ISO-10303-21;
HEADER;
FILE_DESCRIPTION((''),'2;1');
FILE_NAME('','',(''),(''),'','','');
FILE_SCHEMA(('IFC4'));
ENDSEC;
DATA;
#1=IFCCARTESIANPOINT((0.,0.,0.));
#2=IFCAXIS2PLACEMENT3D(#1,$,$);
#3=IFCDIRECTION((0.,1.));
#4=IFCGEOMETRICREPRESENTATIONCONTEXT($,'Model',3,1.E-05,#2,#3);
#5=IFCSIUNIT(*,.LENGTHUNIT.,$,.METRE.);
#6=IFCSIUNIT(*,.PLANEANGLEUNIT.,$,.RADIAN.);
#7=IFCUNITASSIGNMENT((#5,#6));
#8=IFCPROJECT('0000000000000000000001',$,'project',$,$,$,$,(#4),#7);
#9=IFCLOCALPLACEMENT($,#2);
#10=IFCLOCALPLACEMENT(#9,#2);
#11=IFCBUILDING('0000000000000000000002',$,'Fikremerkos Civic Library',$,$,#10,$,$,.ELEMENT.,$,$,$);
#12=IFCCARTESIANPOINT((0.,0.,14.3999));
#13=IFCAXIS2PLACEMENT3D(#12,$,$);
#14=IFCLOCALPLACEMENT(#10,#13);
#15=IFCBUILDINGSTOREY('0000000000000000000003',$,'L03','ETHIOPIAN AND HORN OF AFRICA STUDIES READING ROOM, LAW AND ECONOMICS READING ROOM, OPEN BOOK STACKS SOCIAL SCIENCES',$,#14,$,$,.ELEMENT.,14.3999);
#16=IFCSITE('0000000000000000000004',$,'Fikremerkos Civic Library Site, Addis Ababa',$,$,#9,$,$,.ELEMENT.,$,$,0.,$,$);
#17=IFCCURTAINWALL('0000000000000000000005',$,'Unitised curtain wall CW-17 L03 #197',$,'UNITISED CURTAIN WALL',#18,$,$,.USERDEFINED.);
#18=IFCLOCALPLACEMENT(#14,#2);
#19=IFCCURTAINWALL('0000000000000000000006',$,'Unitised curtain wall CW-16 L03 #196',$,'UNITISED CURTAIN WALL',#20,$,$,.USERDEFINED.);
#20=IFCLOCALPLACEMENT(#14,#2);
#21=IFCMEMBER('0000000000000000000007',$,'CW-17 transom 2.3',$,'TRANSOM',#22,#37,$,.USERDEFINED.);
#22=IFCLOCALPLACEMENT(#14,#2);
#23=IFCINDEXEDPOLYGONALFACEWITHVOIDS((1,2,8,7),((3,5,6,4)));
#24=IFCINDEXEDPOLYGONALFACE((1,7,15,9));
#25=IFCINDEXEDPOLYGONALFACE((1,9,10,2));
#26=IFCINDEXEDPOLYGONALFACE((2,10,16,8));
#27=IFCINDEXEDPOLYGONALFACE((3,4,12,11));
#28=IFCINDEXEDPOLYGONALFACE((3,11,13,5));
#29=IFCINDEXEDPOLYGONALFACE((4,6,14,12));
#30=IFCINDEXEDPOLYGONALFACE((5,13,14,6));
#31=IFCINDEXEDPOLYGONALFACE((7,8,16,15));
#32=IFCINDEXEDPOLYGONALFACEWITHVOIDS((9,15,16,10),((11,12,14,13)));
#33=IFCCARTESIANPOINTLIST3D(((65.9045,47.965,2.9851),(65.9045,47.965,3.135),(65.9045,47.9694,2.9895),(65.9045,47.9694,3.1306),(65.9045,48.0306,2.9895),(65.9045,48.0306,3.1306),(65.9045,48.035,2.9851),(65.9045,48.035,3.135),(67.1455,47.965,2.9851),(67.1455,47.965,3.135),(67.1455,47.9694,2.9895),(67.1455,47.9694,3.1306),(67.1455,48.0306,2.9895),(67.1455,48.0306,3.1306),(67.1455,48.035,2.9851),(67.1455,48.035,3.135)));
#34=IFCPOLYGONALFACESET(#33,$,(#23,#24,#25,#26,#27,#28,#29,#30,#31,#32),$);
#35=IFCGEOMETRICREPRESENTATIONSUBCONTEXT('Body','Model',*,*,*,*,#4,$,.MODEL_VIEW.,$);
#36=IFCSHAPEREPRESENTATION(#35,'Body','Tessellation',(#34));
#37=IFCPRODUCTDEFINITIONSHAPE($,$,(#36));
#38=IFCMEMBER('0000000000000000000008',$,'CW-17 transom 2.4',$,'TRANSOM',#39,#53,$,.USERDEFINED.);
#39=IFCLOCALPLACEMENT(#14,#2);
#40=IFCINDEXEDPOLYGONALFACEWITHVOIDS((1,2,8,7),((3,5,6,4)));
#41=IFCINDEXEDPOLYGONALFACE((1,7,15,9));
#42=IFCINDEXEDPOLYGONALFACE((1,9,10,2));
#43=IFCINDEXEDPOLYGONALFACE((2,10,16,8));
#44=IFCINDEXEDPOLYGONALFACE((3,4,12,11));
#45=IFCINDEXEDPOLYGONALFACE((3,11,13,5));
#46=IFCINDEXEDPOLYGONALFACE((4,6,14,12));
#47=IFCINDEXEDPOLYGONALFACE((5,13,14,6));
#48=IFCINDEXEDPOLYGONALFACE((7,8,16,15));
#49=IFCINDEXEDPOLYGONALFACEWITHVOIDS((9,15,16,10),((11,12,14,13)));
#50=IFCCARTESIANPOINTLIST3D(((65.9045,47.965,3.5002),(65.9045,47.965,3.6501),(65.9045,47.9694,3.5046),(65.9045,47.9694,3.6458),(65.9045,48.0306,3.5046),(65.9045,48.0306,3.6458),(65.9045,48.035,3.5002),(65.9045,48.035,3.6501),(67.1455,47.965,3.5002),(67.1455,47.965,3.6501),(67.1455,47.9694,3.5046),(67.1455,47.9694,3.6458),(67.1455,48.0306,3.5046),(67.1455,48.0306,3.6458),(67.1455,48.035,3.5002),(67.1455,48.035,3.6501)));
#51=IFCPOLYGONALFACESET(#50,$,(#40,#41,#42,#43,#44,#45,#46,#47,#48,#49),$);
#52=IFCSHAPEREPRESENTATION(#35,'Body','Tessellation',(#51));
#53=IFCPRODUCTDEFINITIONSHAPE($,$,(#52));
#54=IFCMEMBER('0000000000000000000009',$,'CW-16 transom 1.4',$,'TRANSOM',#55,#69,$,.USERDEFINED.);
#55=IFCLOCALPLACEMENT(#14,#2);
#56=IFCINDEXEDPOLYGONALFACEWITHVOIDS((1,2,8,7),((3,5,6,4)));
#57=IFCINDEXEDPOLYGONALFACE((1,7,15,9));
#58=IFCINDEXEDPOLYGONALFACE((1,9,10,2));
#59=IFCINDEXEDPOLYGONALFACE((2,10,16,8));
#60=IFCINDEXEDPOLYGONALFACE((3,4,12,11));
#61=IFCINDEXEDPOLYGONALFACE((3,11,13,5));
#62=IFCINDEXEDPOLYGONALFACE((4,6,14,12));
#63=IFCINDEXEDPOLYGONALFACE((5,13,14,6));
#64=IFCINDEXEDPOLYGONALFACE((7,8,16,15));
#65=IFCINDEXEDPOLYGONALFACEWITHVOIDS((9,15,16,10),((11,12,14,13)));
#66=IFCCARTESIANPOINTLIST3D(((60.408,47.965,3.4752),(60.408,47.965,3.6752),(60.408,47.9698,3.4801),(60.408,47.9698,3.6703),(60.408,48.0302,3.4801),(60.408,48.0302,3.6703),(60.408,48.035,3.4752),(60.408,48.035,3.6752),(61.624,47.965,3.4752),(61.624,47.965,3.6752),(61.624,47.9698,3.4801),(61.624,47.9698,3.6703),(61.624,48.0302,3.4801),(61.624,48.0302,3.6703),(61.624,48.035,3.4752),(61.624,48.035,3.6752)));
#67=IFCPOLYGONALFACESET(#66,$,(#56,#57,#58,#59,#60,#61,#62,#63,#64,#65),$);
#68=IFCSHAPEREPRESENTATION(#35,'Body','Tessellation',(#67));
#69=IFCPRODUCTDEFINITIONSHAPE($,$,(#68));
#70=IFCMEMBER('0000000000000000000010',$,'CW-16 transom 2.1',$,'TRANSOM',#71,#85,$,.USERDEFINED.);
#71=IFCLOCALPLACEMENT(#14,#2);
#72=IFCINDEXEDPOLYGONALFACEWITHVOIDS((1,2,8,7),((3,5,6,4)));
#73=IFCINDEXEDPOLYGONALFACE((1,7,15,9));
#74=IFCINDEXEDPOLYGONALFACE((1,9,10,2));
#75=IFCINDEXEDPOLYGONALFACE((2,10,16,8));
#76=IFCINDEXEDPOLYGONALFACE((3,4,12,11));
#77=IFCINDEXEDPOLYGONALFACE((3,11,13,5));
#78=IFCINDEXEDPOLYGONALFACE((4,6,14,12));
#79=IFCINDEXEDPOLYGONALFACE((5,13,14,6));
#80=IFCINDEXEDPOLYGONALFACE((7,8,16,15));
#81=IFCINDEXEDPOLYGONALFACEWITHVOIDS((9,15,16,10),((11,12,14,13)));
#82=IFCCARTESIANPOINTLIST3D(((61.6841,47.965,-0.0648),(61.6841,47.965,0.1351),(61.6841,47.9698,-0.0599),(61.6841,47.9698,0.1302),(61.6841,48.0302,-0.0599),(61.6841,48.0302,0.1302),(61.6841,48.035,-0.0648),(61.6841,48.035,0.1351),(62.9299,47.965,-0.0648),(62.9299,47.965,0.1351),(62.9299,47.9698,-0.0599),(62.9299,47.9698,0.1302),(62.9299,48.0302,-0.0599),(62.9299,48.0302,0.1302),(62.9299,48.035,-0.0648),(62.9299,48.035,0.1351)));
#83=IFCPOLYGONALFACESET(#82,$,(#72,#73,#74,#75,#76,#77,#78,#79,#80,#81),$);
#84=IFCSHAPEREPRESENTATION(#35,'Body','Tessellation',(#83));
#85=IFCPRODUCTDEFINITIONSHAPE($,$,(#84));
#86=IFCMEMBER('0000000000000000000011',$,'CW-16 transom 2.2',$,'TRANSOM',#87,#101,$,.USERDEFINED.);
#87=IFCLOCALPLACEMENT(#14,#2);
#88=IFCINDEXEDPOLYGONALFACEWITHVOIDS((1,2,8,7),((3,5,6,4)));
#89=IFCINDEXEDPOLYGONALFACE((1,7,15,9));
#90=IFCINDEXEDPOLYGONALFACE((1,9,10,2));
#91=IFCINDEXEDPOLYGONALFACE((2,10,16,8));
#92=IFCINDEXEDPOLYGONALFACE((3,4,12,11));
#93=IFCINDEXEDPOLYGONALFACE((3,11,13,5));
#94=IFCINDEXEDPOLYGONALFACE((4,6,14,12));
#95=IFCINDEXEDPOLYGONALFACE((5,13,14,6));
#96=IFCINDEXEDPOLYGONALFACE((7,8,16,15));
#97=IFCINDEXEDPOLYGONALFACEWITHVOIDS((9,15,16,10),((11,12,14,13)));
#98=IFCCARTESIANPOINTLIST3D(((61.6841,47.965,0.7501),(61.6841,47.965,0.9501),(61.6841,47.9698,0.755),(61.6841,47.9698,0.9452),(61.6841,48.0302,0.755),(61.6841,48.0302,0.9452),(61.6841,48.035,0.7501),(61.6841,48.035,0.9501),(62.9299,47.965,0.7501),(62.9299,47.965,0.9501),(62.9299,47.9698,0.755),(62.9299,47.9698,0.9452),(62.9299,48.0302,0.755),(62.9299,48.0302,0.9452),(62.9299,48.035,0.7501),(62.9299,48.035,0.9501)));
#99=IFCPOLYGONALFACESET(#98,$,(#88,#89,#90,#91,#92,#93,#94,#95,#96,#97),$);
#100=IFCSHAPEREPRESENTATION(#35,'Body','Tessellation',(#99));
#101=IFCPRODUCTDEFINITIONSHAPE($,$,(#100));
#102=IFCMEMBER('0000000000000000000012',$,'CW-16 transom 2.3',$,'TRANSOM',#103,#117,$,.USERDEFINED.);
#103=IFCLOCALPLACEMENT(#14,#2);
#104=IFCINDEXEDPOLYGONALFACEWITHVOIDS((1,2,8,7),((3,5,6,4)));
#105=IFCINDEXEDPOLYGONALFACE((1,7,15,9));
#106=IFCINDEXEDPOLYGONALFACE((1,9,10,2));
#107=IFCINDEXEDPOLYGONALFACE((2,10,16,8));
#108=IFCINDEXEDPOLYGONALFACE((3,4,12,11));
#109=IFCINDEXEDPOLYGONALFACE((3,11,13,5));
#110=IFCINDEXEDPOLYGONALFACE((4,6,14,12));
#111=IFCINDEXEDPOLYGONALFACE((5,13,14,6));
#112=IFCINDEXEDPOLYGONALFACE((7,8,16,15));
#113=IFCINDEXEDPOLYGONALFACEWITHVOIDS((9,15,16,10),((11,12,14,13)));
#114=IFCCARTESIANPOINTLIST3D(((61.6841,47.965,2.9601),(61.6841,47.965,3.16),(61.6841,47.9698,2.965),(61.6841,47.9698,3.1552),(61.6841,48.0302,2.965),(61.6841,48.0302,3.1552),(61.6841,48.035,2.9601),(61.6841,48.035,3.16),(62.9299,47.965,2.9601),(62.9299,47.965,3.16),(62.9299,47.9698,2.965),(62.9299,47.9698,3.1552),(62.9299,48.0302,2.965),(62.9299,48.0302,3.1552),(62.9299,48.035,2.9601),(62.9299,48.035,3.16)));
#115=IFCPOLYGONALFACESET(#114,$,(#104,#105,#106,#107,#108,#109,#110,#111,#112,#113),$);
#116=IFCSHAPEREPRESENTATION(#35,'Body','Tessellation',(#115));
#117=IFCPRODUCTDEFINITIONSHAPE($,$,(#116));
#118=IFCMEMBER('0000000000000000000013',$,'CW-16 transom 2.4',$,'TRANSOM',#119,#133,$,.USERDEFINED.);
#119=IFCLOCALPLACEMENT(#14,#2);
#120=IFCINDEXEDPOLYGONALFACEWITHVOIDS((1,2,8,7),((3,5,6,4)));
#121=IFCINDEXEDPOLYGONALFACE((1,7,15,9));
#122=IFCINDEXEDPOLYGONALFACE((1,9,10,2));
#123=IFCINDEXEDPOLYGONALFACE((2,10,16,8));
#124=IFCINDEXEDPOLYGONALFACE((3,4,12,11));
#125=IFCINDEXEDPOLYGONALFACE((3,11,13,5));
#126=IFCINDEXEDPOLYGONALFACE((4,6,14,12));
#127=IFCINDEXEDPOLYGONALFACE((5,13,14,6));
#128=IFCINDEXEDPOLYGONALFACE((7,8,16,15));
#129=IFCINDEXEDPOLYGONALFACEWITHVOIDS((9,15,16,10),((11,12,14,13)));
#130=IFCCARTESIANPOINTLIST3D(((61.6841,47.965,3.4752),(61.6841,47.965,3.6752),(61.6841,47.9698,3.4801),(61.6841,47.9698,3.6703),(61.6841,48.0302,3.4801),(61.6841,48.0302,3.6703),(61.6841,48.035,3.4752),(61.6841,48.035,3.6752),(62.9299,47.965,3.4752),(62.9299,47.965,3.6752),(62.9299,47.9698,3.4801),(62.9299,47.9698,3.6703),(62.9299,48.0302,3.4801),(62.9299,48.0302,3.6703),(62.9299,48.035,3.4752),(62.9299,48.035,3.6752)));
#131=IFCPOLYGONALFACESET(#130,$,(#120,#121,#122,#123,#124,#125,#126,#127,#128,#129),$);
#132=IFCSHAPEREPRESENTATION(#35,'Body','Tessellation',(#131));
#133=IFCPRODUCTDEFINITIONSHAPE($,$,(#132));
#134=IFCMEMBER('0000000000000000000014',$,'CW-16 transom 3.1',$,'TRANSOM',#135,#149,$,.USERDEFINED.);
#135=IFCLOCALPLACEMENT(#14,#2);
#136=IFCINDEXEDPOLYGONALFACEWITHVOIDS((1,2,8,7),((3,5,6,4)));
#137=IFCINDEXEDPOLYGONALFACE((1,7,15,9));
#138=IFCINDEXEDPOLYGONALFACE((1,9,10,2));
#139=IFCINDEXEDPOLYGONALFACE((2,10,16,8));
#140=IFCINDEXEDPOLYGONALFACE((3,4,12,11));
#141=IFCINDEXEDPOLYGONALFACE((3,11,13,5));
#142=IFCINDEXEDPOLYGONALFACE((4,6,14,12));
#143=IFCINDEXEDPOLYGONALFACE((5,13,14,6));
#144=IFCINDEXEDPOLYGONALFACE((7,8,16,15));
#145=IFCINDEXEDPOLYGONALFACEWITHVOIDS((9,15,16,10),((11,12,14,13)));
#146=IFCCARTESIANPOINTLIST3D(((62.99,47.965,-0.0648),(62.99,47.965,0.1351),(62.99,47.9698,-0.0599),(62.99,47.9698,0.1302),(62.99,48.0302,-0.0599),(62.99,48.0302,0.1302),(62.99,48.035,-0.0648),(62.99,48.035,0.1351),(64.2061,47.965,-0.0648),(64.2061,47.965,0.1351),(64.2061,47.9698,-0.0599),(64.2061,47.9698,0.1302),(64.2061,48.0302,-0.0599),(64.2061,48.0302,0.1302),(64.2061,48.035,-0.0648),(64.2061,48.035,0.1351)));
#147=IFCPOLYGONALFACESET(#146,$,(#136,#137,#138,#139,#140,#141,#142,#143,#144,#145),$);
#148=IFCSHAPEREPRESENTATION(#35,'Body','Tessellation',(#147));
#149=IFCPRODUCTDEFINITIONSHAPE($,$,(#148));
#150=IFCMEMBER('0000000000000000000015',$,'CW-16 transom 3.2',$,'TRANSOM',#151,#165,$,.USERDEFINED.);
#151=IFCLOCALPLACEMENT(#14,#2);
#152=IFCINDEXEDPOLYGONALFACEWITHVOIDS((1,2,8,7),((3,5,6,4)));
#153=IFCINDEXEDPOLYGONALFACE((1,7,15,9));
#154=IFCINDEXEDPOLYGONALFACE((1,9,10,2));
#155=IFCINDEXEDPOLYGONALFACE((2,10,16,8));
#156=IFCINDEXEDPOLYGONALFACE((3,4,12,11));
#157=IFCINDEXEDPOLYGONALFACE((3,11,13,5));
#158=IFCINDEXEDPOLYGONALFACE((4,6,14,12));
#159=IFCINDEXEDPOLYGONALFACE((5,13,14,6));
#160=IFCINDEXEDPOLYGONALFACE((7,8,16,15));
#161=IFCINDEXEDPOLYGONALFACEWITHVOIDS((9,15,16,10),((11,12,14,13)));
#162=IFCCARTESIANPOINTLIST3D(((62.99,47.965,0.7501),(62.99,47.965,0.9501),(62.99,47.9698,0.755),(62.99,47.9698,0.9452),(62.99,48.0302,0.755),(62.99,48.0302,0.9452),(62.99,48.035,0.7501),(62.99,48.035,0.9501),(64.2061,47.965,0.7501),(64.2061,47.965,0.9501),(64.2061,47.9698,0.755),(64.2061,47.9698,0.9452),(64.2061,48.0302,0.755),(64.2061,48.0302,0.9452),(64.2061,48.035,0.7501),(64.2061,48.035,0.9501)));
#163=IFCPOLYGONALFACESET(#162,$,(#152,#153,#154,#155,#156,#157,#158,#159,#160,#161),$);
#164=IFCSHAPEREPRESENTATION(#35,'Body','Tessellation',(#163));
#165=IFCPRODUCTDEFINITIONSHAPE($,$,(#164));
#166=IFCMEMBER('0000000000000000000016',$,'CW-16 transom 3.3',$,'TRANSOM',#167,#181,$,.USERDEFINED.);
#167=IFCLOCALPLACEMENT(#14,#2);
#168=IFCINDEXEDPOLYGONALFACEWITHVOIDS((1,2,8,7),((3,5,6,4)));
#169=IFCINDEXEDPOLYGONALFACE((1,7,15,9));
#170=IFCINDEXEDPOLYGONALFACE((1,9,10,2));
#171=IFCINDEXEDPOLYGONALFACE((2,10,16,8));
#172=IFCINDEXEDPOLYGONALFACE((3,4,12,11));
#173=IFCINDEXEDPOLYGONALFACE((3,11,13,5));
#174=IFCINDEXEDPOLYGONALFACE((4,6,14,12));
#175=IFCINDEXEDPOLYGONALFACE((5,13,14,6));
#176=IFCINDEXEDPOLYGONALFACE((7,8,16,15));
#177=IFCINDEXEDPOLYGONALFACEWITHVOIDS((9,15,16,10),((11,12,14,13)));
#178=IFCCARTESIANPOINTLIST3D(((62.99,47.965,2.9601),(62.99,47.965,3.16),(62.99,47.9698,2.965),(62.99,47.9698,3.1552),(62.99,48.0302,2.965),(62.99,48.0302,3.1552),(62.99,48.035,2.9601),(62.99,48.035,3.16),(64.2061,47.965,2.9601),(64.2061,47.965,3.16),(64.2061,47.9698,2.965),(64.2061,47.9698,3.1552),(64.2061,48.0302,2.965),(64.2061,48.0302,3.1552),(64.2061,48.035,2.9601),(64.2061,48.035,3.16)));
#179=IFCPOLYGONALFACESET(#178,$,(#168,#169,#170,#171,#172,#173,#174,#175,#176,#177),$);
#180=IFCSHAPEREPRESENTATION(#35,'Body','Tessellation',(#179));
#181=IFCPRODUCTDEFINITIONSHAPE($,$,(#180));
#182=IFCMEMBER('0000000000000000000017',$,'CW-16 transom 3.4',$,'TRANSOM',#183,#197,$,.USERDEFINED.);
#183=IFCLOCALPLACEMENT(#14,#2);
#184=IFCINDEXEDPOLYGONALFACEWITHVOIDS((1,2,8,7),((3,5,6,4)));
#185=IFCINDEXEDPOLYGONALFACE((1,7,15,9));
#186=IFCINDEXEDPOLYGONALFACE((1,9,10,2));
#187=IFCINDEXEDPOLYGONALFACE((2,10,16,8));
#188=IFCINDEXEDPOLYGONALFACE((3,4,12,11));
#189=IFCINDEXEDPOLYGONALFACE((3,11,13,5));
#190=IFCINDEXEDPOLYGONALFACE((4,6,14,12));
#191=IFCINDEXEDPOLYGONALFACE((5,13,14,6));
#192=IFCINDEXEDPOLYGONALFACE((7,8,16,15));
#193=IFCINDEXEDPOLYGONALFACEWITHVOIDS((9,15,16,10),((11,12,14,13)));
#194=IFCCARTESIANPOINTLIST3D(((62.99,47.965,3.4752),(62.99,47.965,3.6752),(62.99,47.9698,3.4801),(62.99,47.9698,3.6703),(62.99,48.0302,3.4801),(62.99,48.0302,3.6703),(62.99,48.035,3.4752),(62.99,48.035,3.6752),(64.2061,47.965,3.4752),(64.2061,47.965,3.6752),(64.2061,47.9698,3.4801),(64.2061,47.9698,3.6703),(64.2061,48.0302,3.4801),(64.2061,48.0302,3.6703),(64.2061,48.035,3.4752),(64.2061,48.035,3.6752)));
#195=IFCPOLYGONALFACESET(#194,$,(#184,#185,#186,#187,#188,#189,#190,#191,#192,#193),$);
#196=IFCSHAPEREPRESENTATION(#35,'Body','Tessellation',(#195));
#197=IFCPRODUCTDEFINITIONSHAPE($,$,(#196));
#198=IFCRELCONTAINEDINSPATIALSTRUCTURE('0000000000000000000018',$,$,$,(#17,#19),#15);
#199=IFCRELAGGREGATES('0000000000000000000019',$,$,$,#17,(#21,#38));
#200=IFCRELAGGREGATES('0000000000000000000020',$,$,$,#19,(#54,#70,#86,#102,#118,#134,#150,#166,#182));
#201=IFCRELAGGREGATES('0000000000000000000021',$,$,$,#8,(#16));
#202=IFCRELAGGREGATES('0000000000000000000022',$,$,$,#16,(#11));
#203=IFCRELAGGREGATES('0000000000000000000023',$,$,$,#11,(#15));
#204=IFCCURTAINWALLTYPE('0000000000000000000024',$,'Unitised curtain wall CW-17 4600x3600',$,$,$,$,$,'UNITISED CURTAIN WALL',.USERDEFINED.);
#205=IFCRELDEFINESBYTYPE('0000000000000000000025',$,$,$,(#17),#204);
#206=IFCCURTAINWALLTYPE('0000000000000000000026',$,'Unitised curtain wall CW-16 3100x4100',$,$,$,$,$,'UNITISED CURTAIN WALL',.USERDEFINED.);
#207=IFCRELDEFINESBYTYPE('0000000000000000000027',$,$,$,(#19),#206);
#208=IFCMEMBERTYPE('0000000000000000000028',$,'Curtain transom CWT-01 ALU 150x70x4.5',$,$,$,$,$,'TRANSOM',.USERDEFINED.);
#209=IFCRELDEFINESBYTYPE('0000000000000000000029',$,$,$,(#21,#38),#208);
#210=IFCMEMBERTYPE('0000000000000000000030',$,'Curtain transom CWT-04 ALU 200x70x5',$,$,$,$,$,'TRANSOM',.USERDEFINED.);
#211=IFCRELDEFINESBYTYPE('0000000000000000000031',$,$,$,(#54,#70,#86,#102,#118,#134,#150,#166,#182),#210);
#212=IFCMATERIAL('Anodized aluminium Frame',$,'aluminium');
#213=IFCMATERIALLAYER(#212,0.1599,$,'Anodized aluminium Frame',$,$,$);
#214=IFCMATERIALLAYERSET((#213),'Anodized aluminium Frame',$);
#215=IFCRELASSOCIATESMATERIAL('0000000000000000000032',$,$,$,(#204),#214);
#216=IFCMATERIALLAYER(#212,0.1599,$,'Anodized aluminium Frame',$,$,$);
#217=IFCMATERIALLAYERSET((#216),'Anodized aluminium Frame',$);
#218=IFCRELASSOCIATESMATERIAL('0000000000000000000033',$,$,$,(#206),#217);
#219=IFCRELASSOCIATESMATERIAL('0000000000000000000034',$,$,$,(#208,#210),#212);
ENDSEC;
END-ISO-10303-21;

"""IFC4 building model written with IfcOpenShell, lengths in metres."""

from ifc_helpers import new_model, si_unit, direction, frame, origin, origin_2d, place, context, subcontext, project, spatial, hollow_rectangle, extrude, material, layer, layer_set, material_profile, profile_set, type_object, element, aggregate, save


model = new_model("IFC4")

# Units and contexts
model_context = context("Model", 3, precision=1e-05, world=origin(), true_north=direction((0.0, 1.0)))
body_context = subcontext(model_context, "Body", "Model", "MODEL_VIEW")
ifc_project = project(units=[si_unit("LENGTHUNIT", "METRE"), si_unit("PLANEANGLEUNIT", "RADIAN")], contexts=[model_context])

# Site, building, storey
site_placement = place(None, origin())
site = spatial("IfcSite", under=ifc_project, at=site_placement, Name="Fikremerkos Civic Library Site, Addis Ababa", CompositionType="ELEMENT", RefElevation=0.0)
building_placement = place(site_placement, origin())
building = spatial("IfcBuilding", under=site, at=building_placement, Name="Fikremerkos Civic Library", CompositionType="ELEMENT")
storey_placement = place(building_placement, frame((0.0, 0.0, 14.3999)))
storey = spatial("IfcBuildingStorey", under=building, at=storey_placement, Name="L03", Description="ETHIOPIAN AND HORN OF AFRICA STUDIES READING ROOM, LAW AND ECONOMICS READING ROOM, OPEN BOOK STACKS SOCIAL SCIENCES", CompositionType="ELEMENT", Elevation=14.3999)

# Curtain walls
ifc_material_1 = material(Name="Anodized aluminium Frame", Category="aluminium")
ifc_layer_1 = layer(ifc_material_1, 0.1599, Name="Anodized aluminium Frame")
ifc_layer_set_1 = layer_set([ifc_layer_1], Name="Anodized aluminium Frame")
curtain_wall_type_1 = type_object("IfcCurtainWallType", Name="Unitised curtain wall CW-17 4600x3600", ElementType="UNITISED CURTAIN WALL", PredefinedType="USERDEFINED", material=ifc_layer_set_1)
curtain_wall_1_placement = place(storey_placement, origin())
curtain_wall_1 = element("IfcCurtainWall", 1, at=curtain_wall_1_placement, inside=storey, type_object=curtain_wall_type_1, Name="Unitised curtain wall CW-17 L03 #197", ObjectType="UNITISED CURTAIN WALL", PredefinedType="USERDEFINED")
ifc_layer_2 = layer(ifc_material_1, 0.1599, Name="Anodized aluminium Frame")
ifc_layer_set_2 = layer_set([ifc_layer_2], Name="Anodized aluminium Frame")
curtain_wall_type_2 = type_object("IfcCurtainWallType", Name="Unitised curtain wall CW-16 3100x4100", ElementType="UNITISED CURTAIN WALL", PredefinedType="USERDEFINED", material=ifc_layer_set_2)
curtain_wall_2_placement = place(storey_placement, origin())
curtain_wall_2 = element("IfcCurtainWall", 2, at=curtain_wall_2_placement, inside=storey, type_object=curtain_wall_type_2, Name="Unitised curtain wall CW-16 L03 #196", ObjectType="UNITISED CURTAIN WALL", PredefinedType="USERDEFINED")

# Members
ifc_material_profile_1 = material_profile(ifc_material_1, hollow_rectangle(XDim=0.0701, YDim=0.1499, WallThickness=0.0044, at=origin_2d()), Name="ALU 150x70x4.5")
ifc_profile_set_1 = profile_set([ifc_material_profile_1], Name="Anodized aluminium Frame")
member_type_1 = type_object("IfcMemberType", Name="Curtain transom CWT-01 ALU 150x70x4.5", ElementType="TRANSOM", PredefinedType="USERDEFINED", material=ifc_profile_set_1)
member_1_placement = place(storey_placement, frame((65.9045, 48.0, 3.0601), z_axis=(1.0, 0.0, 0.0), x_axis=(0.0, 1.0, 0.0)))
member_1 = element("IfcMember", 3, at=member_1_placement, type_object=member_type_1, Name="CW-17 transom 2.3", ObjectType="TRANSOM", PredefinedType="USERDEFINED", context=body_context, shape_type="SweptSolid", body=[
    extrude(hollow_rectangle(XDim=0.0701, YDim=0.1499, WallThickness=0.0044, at=origin_2d()), origin(), (0.0, 0.0, 1.0), 1.241),
])
member_2_placement = place(storey_placement, frame((65.9045, 48.0, 3.5752), z_axis=(1.0, 0.0, 0.0), x_axis=(0.0, 1.0, 0.0)))
member_2 = element("IfcMember", 4, at=member_2_placement, type_object=member_type_1, Name="CW-17 transom 2.4", ObjectType="TRANSOM", PredefinedType="USERDEFINED", context=body_context, shape_type="SweptSolid", body=[
    extrude(hollow_rectangle(XDim=0.0701, YDim=0.1499, WallThickness=0.0044, at=origin_2d()), origin(), (0.0, 0.0, 1.0), 1.241),
])
ifc_material_profile_2 = material_profile(ifc_material_1, hollow_rectangle(XDim=0.0701, YDim=0.2, WallThickness=0.0049, at=origin_2d()), Name="ALU 200x70x5")
ifc_profile_set_2 = profile_set([ifc_material_profile_2], Name="Anodized aluminium Frame")
member_type_2 = type_object("IfcMemberType", Name="Curtain transom CWT-04 ALU 200x70x5", ElementType="TRANSOM", PredefinedType="USERDEFINED", material=ifc_profile_set_2)
member_3_placement = place(storey_placement, frame((60.408, 48.0, 3.5752), z_axis=(1.0, 0.0, 0.0), x_axis=(0.0, 1.0, 0.0)))
member_3 = element("IfcMember", 5, at=member_3_placement, type_object=member_type_2, Name="CW-16 transom 1.4", ObjectType="TRANSOM", PredefinedType="USERDEFINED", context=body_context, shape_type="SweptSolid", body=[
    extrude(hollow_rectangle(XDim=0.0701, YDim=0.2, WallThickness=0.0049, at=origin_2d()), origin(), (0.0, 0.0, 1.0), 1.2161),
])
member_4_placement = place(storey_placement, frame((61.6841, 48.0, 0.0352), z_axis=(1.0, 0.0, 0.0), x_axis=(0.0, 1.0, 0.0)))
member_4 = element("IfcMember", 6, at=member_4_placement, type_object=member_type_2, Name="CW-16 transom 2.1", ObjectType="TRANSOM", PredefinedType="USERDEFINED", context=body_context, shape_type="SweptSolid", body=[
    extrude(hollow_rectangle(XDim=0.0701, YDim=0.2, WallThickness=0.0049, at=origin_2d()), origin(), (0.0, 0.0, 1.0), 1.2458),
])
member_5_placement = place(storey_placement, frame((61.6841, 48.0, 0.8501), z_axis=(1.0, 0.0, 0.0), x_axis=(0.0, 1.0, 0.0)))
member_5 = element("IfcMember", 7, at=member_5_placement, type_object=member_type_2, Name="CW-16 transom 2.2", ObjectType="TRANSOM", PredefinedType="USERDEFINED", context=body_context, shape_type="SweptSolid", body=[
    extrude(hollow_rectangle(XDim=0.0701, YDim=0.2, WallThickness=0.0049, at=origin_2d()), origin(), (0.0, 0.0, 1.0), 1.2458),
])
member_6_placement = place(storey_placement, frame((61.6841, 48.0, 3.0601), z_axis=(1.0, 0.0, 0.0), x_axis=(0.0, 1.0, 0.0)))
member_6 = element("IfcMember", 8, at=member_6_placement, type_object=member_type_2, Name="CW-16 transom 2.3", ObjectType="TRANSOM", PredefinedType="USERDEFINED", context=body_context, shape_type="SweptSolid", body=[
    extrude(hollow_rectangle(XDim=0.0701, YDim=0.2, WallThickness=0.0049, at=origin_2d()), origin(), (0.0, 0.0, 1.0), 1.2458),
])
member_7_placement = place(storey_placement, frame((61.6841, 48.0, 3.5752), z_axis=(1.0, 0.0, 0.0), x_axis=(0.0, 1.0, 0.0)))
member_7 = element("IfcMember", 9, at=member_7_placement, type_object=member_type_2, Name="CW-16 transom 2.4", ObjectType="TRANSOM", PredefinedType="USERDEFINED", context=body_context, shape_type="SweptSolid", body=[
    extrude(hollow_rectangle(XDim=0.0701, YDim=0.2, WallThickness=0.0049, at=origin_2d()), origin(), (0.0, 0.0, 1.0), 1.2458),
])
member_8_placement = place(storey_placement, frame((62.99, 48.0, 0.0352), z_axis=(1.0, 0.0, 0.0), x_axis=(0.0, 1.0, 0.0)))
member_8 = element("IfcMember", 10, at=member_8_placement, type_object=member_type_2, Name="CW-16 transom 3.1", ObjectType="TRANSOM", PredefinedType="USERDEFINED", context=body_context, shape_type="SweptSolid", body=[
    extrude(hollow_rectangle(XDim=0.0701, YDim=0.2, WallThickness=0.0049, at=origin_2d()), origin(), (0.0, 0.0, 1.0), 1.2161),
])
member_9_placement = place(storey_placement, frame((62.99, 48.0, 0.8501), z_axis=(1.0, 0.0, 0.0), x_axis=(0.0, 1.0, 0.0)))
member_9 = element("IfcMember", 11, at=member_9_placement, type_object=member_type_2, Name="CW-16 transom 3.2", ObjectType="TRANSOM", PredefinedType="USERDEFINED", context=body_context, shape_type="SweptSolid", body=[
    extrude(hollow_rectangle(XDim=0.0701, YDim=0.2, WallThickness=0.0049, at=origin_2d()), origin(), (0.0, 0.0, 1.0), 1.2161),
])
member_10_placement = place(storey_placement, frame((62.99, 48.0, 3.0601), z_axis=(1.0, 0.0, 0.0), x_axis=(0.0, 1.0, 0.0)))
member_10 = element("IfcMember", 12, at=member_10_placement, type_object=member_type_2, Name="CW-16 transom 3.3", ObjectType="TRANSOM", PredefinedType="USERDEFINED", context=body_context, shape_type="SweptSolid", body=[
    extrude(hollow_rectangle(XDim=0.0701, YDim=0.2, WallThickness=0.0049, at=origin_2d()), origin(), (0.0, 0.0, 1.0), 1.2161),
])
member_11_placement = place(storey_placement, frame((62.99, 48.0, 3.5752), z_axis=(1.0, 0.0, 0.0), x_axis=(0.0, 1.0, 0.0)))
member_11 = element("IfcMember", 13, at=member_11_placement, type_object=member_type_2, Name="CW-16 transom 3.4", ObjectType="TRANSOM", PredefinedType="USERDEFINED", context=body_context, shape_type="SweptSolid", body=[
    extrude(hollow_rectangle(XDim=0.0701, YDim=0.2, WallThickness=0.0049, at=origin_2d()), origin(), (0.0, 0.0, 1.0), 1.2161),
])

aggregate(curtain_wall_1, [member_1, member_2])
aggregate(curtain_wall_2, [member_3, member_4, member_5, member_6, member_7, member_8, member_9, member_10, member_11])

save(model, "model.ifc")
